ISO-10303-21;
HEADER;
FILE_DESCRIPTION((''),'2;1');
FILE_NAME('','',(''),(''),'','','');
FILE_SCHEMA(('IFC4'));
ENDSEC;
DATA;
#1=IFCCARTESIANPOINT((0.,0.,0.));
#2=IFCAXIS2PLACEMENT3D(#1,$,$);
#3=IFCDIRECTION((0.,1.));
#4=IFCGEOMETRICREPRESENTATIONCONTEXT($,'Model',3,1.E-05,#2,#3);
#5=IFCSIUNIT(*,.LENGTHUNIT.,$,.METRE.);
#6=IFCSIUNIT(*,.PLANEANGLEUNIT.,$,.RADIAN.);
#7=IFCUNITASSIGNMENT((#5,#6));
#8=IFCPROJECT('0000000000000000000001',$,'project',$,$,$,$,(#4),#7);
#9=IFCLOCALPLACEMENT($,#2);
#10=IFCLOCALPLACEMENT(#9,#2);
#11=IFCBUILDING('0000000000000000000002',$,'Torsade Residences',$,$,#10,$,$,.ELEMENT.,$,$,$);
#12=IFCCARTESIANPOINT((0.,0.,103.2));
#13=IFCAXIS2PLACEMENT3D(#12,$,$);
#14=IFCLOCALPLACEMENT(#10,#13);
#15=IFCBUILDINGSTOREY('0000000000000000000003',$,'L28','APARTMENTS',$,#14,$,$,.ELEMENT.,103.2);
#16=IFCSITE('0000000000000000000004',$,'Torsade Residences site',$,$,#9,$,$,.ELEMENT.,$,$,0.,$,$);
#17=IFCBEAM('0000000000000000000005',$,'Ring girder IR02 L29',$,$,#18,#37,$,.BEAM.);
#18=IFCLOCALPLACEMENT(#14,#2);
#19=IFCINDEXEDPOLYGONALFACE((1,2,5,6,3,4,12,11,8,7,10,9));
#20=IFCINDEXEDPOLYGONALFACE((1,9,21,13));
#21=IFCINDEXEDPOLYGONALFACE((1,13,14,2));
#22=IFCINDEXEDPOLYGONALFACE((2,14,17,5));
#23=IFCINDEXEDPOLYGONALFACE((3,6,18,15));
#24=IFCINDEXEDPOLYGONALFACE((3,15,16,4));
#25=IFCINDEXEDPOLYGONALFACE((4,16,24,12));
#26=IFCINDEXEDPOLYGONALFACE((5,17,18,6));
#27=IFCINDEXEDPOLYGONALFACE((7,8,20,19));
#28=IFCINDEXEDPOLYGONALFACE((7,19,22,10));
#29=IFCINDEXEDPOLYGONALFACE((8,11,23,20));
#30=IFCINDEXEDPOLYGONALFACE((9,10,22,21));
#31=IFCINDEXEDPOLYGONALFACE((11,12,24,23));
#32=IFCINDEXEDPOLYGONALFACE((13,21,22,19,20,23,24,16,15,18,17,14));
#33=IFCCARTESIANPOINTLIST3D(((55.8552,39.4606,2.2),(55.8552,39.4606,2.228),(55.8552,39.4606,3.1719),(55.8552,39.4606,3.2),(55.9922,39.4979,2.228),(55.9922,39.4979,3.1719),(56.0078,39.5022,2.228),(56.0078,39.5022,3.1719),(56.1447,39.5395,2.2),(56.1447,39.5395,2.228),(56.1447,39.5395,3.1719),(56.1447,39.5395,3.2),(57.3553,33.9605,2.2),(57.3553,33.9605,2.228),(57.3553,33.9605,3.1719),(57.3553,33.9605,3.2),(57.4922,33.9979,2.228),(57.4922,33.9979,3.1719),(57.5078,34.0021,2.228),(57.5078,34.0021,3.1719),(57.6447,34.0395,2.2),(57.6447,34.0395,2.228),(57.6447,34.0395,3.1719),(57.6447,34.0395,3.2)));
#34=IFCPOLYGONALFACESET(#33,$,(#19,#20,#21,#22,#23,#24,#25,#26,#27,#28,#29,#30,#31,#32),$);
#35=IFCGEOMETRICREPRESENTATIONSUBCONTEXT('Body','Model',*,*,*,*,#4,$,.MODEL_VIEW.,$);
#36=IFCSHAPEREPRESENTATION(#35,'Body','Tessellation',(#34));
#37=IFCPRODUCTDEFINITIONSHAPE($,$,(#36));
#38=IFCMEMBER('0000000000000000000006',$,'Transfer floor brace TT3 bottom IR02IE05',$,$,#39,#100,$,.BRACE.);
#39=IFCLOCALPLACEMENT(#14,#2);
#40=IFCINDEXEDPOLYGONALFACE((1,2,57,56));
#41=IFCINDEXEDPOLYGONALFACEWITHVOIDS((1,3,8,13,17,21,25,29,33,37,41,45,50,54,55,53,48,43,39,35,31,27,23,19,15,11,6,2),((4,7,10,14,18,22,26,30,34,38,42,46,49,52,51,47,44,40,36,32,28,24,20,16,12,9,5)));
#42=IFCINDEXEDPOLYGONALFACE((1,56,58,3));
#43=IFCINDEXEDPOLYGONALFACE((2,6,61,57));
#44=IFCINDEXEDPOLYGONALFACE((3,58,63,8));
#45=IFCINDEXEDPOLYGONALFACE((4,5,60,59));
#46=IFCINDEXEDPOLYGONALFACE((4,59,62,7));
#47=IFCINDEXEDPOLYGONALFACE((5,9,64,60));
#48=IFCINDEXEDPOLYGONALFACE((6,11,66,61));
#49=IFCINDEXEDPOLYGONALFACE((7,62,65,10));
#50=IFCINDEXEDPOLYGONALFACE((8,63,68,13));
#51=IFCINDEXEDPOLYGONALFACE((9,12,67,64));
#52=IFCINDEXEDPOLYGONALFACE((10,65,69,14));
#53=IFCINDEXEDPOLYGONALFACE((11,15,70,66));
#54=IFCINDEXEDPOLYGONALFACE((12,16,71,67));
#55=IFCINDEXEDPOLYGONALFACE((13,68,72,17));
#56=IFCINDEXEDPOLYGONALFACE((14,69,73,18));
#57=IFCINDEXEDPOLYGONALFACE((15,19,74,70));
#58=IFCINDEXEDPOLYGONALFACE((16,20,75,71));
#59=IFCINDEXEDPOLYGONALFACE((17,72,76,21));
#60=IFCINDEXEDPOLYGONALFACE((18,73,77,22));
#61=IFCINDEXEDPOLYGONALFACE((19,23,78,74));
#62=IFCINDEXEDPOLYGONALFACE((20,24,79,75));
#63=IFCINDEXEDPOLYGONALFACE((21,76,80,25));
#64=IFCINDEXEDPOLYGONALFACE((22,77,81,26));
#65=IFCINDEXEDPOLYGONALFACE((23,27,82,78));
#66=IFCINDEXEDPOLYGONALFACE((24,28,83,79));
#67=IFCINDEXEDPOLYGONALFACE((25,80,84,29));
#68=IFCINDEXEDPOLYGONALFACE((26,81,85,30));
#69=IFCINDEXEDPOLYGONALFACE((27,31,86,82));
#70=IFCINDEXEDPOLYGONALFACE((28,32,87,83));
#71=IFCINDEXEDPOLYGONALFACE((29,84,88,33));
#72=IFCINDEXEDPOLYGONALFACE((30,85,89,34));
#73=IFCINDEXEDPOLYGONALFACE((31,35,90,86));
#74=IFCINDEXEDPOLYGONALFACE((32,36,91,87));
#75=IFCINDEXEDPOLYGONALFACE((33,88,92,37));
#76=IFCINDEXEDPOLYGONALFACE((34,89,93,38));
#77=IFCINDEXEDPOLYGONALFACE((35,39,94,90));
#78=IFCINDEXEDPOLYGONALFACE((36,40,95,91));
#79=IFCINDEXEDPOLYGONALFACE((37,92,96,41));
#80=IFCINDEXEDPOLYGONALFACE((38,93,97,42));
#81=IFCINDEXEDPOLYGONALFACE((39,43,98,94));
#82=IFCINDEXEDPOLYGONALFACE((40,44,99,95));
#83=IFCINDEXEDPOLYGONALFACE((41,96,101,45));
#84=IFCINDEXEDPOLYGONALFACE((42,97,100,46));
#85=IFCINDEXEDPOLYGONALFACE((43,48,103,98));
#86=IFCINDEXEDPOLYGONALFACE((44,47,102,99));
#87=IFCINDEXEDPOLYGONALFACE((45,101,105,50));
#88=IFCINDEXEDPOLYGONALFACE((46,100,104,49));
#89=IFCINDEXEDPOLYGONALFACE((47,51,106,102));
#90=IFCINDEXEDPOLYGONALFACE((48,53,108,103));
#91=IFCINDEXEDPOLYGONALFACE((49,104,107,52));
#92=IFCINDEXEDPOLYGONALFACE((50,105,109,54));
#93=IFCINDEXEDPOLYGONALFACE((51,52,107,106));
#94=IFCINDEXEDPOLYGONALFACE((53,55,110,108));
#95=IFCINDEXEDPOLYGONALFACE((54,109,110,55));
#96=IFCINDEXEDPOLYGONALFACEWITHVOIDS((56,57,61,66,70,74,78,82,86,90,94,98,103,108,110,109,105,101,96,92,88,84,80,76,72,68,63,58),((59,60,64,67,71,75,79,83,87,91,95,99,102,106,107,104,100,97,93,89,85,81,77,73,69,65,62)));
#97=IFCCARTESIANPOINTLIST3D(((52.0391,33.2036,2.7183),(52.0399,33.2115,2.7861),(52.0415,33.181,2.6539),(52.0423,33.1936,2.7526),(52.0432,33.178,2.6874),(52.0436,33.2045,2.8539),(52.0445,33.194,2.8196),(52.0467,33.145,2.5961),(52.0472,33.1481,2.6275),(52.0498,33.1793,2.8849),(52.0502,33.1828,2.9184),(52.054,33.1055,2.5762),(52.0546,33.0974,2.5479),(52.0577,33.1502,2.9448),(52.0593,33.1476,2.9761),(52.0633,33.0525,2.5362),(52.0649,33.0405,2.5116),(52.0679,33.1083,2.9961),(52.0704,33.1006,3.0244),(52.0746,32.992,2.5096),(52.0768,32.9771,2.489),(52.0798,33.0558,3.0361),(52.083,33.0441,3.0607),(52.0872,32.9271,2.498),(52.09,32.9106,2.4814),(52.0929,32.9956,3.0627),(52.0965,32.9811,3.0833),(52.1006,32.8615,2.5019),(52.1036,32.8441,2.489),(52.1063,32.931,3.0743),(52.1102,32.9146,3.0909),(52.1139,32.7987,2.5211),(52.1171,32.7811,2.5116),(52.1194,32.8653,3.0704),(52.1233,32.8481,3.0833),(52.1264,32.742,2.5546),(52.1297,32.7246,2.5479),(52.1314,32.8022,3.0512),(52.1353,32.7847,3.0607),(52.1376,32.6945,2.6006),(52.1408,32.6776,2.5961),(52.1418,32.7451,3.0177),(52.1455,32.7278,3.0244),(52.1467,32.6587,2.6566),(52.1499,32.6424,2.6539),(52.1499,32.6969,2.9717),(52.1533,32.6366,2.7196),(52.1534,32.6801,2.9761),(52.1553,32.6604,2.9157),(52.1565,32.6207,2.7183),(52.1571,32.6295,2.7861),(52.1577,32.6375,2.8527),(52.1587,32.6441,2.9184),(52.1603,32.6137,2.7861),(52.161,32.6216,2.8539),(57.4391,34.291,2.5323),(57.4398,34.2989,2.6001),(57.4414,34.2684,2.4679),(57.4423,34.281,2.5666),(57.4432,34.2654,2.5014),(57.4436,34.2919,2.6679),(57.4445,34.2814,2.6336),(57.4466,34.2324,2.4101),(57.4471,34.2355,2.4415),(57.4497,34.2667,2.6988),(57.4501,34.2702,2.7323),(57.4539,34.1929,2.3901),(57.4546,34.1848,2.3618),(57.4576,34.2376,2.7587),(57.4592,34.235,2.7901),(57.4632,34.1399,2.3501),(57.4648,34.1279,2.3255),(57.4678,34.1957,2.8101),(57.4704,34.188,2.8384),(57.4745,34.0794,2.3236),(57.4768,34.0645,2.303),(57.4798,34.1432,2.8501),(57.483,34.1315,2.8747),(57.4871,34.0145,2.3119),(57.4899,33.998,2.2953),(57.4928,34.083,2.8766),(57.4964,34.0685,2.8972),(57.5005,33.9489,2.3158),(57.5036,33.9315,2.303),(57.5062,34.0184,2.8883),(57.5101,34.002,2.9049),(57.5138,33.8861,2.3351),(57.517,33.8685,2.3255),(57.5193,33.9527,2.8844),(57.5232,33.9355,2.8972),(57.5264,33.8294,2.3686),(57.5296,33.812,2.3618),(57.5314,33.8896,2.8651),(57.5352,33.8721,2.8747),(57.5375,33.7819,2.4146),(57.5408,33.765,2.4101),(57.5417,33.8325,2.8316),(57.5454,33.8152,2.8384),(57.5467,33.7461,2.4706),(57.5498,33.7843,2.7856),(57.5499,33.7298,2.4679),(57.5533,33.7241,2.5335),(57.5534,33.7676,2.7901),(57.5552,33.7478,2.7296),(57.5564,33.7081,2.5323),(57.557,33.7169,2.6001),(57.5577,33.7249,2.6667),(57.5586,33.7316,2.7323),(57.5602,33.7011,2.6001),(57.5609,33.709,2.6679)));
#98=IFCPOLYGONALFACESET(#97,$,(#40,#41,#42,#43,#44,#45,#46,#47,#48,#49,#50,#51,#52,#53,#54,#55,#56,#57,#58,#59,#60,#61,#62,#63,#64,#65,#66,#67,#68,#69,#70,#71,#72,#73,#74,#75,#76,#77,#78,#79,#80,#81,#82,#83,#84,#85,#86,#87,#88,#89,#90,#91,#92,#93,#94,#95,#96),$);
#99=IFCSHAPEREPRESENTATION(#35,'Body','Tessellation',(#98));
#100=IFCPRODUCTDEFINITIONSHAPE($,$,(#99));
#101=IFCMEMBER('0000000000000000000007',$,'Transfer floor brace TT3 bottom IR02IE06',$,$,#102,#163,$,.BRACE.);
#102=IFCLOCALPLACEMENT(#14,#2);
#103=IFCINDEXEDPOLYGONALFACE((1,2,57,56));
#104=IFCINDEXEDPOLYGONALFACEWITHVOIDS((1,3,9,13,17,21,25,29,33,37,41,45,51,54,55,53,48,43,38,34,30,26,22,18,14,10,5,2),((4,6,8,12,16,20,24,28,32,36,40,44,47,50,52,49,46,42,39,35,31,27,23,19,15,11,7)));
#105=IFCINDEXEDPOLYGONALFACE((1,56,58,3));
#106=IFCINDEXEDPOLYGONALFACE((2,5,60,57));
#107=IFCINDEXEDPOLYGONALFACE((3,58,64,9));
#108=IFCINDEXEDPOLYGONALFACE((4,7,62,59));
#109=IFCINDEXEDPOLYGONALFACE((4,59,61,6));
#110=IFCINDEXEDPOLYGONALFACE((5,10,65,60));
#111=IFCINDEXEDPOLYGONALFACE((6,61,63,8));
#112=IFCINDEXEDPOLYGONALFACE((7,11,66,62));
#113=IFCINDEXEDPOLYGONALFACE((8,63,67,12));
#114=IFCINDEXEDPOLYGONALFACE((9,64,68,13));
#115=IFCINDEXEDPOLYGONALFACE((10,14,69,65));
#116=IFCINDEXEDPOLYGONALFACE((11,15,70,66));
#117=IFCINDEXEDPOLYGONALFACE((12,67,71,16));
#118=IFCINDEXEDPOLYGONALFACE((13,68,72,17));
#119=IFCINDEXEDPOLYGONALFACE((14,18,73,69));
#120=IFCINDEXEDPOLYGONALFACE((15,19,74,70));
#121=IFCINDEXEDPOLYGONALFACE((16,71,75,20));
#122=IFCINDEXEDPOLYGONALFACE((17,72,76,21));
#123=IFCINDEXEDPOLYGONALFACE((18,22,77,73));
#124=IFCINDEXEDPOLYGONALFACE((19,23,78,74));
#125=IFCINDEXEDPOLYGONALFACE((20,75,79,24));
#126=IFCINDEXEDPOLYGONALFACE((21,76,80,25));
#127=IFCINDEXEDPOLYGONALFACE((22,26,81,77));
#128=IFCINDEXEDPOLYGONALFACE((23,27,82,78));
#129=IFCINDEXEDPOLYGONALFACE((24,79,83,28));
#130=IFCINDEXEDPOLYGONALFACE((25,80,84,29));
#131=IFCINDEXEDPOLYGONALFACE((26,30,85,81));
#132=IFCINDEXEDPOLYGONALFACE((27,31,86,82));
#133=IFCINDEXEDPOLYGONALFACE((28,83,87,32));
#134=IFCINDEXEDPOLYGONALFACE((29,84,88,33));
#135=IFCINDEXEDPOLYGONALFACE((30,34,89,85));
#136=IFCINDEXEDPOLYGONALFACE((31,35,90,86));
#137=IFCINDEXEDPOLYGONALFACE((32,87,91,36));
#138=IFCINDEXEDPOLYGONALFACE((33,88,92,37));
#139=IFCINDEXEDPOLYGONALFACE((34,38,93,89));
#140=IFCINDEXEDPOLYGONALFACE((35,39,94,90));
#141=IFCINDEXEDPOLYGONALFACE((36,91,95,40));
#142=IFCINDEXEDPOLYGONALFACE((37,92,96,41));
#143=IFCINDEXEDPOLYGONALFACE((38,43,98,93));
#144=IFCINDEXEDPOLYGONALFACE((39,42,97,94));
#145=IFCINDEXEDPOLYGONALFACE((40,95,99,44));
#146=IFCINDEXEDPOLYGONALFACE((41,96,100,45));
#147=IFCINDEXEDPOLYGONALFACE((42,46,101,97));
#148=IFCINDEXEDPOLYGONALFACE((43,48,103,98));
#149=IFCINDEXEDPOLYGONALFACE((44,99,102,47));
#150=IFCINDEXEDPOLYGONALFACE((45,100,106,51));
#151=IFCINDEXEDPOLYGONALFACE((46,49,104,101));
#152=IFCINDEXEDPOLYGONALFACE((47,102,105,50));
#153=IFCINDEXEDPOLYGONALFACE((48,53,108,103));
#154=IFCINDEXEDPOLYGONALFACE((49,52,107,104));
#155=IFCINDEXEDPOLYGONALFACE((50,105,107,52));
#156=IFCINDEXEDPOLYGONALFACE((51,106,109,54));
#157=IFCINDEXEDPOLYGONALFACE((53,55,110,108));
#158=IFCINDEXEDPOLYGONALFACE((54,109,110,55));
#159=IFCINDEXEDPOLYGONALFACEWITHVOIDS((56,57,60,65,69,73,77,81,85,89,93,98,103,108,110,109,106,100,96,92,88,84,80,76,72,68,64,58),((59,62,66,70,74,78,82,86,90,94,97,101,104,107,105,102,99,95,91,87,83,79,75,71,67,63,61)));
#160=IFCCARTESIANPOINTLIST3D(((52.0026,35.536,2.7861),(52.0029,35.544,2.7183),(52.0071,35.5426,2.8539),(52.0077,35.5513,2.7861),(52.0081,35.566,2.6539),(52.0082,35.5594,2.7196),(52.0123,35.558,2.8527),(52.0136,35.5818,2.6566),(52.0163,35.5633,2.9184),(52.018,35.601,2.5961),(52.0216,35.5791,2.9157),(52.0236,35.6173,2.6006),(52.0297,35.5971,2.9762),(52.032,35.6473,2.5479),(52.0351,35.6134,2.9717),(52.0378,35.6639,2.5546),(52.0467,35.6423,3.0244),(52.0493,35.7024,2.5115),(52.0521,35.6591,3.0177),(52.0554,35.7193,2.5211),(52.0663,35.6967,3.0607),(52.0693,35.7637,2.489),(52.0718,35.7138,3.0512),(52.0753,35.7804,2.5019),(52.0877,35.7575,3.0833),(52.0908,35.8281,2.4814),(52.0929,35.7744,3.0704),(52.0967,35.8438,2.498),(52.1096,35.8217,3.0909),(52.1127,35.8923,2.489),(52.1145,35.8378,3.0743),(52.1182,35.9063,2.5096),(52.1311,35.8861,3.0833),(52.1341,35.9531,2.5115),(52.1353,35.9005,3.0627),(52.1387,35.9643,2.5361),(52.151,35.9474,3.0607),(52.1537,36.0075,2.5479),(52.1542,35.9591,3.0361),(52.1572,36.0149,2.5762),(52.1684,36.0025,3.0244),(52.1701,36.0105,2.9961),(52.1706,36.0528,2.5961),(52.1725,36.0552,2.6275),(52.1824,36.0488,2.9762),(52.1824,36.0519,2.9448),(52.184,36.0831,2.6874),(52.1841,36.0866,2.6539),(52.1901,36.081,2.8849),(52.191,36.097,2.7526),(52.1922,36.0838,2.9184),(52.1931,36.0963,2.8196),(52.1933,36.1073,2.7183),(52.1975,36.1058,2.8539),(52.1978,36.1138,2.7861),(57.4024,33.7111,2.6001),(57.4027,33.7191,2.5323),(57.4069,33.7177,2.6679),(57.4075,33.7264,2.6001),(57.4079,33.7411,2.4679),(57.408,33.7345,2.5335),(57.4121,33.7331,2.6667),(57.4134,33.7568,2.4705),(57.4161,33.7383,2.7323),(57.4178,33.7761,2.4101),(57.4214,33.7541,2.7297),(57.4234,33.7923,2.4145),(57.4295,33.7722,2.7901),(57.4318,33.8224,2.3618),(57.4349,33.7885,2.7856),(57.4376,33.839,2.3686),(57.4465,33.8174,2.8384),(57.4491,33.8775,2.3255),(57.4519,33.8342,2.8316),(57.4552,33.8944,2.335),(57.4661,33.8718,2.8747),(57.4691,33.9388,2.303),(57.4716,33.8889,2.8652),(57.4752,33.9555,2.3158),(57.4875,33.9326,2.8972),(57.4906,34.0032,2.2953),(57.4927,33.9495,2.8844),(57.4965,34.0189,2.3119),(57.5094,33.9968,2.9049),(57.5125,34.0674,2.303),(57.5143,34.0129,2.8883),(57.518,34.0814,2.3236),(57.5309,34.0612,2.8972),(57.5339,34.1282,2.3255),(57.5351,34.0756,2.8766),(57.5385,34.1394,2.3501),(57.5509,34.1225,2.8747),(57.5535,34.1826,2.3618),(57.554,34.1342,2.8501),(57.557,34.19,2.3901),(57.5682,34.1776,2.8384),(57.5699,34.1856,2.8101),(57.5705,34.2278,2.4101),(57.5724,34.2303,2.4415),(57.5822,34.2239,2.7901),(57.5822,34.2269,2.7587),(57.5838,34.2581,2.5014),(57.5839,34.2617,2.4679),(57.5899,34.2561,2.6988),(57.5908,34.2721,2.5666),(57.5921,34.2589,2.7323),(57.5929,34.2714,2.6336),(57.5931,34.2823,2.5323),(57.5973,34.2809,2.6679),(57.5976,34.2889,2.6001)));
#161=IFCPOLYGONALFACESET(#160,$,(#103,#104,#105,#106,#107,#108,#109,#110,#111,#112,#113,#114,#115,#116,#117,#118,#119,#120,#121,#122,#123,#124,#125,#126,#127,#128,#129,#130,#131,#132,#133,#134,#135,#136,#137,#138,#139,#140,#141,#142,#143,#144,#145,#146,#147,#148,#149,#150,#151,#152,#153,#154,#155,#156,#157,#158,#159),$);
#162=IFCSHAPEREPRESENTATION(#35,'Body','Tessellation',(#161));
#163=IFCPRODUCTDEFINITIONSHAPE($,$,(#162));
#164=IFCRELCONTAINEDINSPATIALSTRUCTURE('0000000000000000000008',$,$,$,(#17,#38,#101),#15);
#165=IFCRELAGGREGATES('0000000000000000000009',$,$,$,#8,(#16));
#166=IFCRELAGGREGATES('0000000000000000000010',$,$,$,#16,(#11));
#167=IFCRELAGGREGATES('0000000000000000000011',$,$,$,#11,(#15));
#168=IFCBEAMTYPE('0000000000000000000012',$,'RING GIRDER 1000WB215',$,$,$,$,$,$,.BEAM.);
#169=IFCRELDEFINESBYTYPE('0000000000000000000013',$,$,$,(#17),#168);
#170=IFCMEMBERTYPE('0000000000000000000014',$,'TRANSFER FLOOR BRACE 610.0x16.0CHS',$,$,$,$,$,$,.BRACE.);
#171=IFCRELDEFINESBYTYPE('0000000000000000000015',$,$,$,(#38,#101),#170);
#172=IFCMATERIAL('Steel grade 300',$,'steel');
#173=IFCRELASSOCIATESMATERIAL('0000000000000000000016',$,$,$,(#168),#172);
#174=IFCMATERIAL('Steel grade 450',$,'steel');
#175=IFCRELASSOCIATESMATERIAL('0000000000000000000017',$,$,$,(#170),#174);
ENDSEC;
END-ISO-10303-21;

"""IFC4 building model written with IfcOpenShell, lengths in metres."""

from ifc_helpers import new_model, si_unit, direction, frame, origin, origin_2d, place, context, subcontext, project, spatial, hollow_circle, i_section, extrude, material, material_profile, profile_set, type_object, element, save


model = new_model("IFC4")

# Units and contexts
model_context = context("Model", 3, precision=1e-05, world=origin(), true_north=direction((0.0, 1.0)))
body_context = subcontext(model_context, "Body", "Model", "MODEL_VIEW")
ifc_project = project(units=[si_unit("LENGTHUNIT", "METRE"), si_unit("PLANEANGLEUNIT", "RADIAN")], contexts=[model_context])

# Site, building, storey
site_placement = place(None, origin())
site = spatial("IfcSite", under=ifc_project, at=site_placement, Name="Torsade Residences site", CompositionType="ELEMENT", RefElevation=0.0)
building_placement = place(site_placement, origin())
building = spatial("IfcBuilding", under=site, at=building_placement, Name="Torsade Residences", CompositionType="ELEMENT")
storey_placement = place(building_placement, frame((0.0, 0.0, 103.2)))
storey = spatial("IfcBuildingStorey", under=building, at=storey_placement, Name="L28", Description="APARTMENTS", CompositionType="ELEMENT", Elevation=103.2)

# Beam
ifc_material_1 = material(Name="Steel grade 300", Category="steel")
ifc_material_profile_1 = material_profile(ifc_material_1, i_section(OverallWidth=0.3, OverallDepth=1.0, WebThickness=0.0161, FlangeThickness=0.0281, at=origin_2d()), Name="1000WB215")
ifc_profile_set_1 = profile_set([ifc_material_profile_1], Name="Steel grade 300")
beam_type_1 = type_object("IfcBeamType", Name="RING GIRDER 1000WB215", PredefinedType="BEAM", material=ifc_profile_set_1)
beam_1_placement = place(storey_placement, frame((57.5, 34.0, 2.7), z_axis=(-0.263117, 0.964764, 0.0), x_axis=(-0.964764, -0.263117, 0.0)))
element("IfcBeam", 1, at=beam_1_placement, inside=storey, type_object=beam_type_1, Name="Ring girder IR02 L29", PredefinedType="BEAM", context=body_context, shape_type="SweptSolid", body=[
    extrude(i_section(OverallWidth=0.3, OverallDepth=1.0, WebThickness=0.0161, FlangeThickness=0.0281, at=origin_2d()), origin(), (0.0, 0.0, 1.0), 5.7009),
])

# Members
ifc_material_2 = material(Name="Steel grade 450", Category="steel")
ifc_material_profile_2 = material_profile(ifc_material_2, hollow_circle(Radius=0.3049, WallThickness=0.0161, at=origin_2d()), Name="610.0x16.0CHS")
ifc_profile_set_2 = profile_set([ifc_material_profile_2], Name="Steel grade 450")
member_type = type_object("IfcMemberType", Name="TRANSFER FLOOR BRACE 610.0x16.0CHS", PredefinedType="BRACE", material=ifc_profile_set_2)
member_1_placement = place(storey_placement, frame((57.5, 34.0, 2.6001), z_axis=(-0.979762, -0.197299, 0.033754), x_axis=(0.197412, -0.980321, 0.0)))
element("IfcMember", 2, at=member_1_placement, inside=storey, type_object=member_type, Name="Transfer floor brace TT3 bottom IR02IE05", PredefinedType="BRACE", context=body_context, shape_type="SweptSolid", body=[
    extrude(hollow_circle(Radius=0.3049, WallThickness=0.0161, at=origin_2d()), origin(), (0.0, 0.0, 1.0), 5.5115),
])
member_2_placement = place(storey_placement, frame((57.5, 34.0, 2.6001), z_axis=(-0.946856, 0.319999, 0.032621), x_axis=(-0.32017, -0.94736, 0.0)))
element("IfcMember", 3, at=member_2_placement, inside=storey, type_object=member_type, Name="Transfer floor brace TT3 bottom IR02IE06", PredefinedType="BRACE", context=body_context, shape_type="SweptSolid", body=[
    extrude(hollow_circle(Radius=0.3049, WallThickness=0.0161, at=origin_2d()), origin(), (0.0, 0.0, 1.0), 5.7029),
])

save(model, "model.ifc")
